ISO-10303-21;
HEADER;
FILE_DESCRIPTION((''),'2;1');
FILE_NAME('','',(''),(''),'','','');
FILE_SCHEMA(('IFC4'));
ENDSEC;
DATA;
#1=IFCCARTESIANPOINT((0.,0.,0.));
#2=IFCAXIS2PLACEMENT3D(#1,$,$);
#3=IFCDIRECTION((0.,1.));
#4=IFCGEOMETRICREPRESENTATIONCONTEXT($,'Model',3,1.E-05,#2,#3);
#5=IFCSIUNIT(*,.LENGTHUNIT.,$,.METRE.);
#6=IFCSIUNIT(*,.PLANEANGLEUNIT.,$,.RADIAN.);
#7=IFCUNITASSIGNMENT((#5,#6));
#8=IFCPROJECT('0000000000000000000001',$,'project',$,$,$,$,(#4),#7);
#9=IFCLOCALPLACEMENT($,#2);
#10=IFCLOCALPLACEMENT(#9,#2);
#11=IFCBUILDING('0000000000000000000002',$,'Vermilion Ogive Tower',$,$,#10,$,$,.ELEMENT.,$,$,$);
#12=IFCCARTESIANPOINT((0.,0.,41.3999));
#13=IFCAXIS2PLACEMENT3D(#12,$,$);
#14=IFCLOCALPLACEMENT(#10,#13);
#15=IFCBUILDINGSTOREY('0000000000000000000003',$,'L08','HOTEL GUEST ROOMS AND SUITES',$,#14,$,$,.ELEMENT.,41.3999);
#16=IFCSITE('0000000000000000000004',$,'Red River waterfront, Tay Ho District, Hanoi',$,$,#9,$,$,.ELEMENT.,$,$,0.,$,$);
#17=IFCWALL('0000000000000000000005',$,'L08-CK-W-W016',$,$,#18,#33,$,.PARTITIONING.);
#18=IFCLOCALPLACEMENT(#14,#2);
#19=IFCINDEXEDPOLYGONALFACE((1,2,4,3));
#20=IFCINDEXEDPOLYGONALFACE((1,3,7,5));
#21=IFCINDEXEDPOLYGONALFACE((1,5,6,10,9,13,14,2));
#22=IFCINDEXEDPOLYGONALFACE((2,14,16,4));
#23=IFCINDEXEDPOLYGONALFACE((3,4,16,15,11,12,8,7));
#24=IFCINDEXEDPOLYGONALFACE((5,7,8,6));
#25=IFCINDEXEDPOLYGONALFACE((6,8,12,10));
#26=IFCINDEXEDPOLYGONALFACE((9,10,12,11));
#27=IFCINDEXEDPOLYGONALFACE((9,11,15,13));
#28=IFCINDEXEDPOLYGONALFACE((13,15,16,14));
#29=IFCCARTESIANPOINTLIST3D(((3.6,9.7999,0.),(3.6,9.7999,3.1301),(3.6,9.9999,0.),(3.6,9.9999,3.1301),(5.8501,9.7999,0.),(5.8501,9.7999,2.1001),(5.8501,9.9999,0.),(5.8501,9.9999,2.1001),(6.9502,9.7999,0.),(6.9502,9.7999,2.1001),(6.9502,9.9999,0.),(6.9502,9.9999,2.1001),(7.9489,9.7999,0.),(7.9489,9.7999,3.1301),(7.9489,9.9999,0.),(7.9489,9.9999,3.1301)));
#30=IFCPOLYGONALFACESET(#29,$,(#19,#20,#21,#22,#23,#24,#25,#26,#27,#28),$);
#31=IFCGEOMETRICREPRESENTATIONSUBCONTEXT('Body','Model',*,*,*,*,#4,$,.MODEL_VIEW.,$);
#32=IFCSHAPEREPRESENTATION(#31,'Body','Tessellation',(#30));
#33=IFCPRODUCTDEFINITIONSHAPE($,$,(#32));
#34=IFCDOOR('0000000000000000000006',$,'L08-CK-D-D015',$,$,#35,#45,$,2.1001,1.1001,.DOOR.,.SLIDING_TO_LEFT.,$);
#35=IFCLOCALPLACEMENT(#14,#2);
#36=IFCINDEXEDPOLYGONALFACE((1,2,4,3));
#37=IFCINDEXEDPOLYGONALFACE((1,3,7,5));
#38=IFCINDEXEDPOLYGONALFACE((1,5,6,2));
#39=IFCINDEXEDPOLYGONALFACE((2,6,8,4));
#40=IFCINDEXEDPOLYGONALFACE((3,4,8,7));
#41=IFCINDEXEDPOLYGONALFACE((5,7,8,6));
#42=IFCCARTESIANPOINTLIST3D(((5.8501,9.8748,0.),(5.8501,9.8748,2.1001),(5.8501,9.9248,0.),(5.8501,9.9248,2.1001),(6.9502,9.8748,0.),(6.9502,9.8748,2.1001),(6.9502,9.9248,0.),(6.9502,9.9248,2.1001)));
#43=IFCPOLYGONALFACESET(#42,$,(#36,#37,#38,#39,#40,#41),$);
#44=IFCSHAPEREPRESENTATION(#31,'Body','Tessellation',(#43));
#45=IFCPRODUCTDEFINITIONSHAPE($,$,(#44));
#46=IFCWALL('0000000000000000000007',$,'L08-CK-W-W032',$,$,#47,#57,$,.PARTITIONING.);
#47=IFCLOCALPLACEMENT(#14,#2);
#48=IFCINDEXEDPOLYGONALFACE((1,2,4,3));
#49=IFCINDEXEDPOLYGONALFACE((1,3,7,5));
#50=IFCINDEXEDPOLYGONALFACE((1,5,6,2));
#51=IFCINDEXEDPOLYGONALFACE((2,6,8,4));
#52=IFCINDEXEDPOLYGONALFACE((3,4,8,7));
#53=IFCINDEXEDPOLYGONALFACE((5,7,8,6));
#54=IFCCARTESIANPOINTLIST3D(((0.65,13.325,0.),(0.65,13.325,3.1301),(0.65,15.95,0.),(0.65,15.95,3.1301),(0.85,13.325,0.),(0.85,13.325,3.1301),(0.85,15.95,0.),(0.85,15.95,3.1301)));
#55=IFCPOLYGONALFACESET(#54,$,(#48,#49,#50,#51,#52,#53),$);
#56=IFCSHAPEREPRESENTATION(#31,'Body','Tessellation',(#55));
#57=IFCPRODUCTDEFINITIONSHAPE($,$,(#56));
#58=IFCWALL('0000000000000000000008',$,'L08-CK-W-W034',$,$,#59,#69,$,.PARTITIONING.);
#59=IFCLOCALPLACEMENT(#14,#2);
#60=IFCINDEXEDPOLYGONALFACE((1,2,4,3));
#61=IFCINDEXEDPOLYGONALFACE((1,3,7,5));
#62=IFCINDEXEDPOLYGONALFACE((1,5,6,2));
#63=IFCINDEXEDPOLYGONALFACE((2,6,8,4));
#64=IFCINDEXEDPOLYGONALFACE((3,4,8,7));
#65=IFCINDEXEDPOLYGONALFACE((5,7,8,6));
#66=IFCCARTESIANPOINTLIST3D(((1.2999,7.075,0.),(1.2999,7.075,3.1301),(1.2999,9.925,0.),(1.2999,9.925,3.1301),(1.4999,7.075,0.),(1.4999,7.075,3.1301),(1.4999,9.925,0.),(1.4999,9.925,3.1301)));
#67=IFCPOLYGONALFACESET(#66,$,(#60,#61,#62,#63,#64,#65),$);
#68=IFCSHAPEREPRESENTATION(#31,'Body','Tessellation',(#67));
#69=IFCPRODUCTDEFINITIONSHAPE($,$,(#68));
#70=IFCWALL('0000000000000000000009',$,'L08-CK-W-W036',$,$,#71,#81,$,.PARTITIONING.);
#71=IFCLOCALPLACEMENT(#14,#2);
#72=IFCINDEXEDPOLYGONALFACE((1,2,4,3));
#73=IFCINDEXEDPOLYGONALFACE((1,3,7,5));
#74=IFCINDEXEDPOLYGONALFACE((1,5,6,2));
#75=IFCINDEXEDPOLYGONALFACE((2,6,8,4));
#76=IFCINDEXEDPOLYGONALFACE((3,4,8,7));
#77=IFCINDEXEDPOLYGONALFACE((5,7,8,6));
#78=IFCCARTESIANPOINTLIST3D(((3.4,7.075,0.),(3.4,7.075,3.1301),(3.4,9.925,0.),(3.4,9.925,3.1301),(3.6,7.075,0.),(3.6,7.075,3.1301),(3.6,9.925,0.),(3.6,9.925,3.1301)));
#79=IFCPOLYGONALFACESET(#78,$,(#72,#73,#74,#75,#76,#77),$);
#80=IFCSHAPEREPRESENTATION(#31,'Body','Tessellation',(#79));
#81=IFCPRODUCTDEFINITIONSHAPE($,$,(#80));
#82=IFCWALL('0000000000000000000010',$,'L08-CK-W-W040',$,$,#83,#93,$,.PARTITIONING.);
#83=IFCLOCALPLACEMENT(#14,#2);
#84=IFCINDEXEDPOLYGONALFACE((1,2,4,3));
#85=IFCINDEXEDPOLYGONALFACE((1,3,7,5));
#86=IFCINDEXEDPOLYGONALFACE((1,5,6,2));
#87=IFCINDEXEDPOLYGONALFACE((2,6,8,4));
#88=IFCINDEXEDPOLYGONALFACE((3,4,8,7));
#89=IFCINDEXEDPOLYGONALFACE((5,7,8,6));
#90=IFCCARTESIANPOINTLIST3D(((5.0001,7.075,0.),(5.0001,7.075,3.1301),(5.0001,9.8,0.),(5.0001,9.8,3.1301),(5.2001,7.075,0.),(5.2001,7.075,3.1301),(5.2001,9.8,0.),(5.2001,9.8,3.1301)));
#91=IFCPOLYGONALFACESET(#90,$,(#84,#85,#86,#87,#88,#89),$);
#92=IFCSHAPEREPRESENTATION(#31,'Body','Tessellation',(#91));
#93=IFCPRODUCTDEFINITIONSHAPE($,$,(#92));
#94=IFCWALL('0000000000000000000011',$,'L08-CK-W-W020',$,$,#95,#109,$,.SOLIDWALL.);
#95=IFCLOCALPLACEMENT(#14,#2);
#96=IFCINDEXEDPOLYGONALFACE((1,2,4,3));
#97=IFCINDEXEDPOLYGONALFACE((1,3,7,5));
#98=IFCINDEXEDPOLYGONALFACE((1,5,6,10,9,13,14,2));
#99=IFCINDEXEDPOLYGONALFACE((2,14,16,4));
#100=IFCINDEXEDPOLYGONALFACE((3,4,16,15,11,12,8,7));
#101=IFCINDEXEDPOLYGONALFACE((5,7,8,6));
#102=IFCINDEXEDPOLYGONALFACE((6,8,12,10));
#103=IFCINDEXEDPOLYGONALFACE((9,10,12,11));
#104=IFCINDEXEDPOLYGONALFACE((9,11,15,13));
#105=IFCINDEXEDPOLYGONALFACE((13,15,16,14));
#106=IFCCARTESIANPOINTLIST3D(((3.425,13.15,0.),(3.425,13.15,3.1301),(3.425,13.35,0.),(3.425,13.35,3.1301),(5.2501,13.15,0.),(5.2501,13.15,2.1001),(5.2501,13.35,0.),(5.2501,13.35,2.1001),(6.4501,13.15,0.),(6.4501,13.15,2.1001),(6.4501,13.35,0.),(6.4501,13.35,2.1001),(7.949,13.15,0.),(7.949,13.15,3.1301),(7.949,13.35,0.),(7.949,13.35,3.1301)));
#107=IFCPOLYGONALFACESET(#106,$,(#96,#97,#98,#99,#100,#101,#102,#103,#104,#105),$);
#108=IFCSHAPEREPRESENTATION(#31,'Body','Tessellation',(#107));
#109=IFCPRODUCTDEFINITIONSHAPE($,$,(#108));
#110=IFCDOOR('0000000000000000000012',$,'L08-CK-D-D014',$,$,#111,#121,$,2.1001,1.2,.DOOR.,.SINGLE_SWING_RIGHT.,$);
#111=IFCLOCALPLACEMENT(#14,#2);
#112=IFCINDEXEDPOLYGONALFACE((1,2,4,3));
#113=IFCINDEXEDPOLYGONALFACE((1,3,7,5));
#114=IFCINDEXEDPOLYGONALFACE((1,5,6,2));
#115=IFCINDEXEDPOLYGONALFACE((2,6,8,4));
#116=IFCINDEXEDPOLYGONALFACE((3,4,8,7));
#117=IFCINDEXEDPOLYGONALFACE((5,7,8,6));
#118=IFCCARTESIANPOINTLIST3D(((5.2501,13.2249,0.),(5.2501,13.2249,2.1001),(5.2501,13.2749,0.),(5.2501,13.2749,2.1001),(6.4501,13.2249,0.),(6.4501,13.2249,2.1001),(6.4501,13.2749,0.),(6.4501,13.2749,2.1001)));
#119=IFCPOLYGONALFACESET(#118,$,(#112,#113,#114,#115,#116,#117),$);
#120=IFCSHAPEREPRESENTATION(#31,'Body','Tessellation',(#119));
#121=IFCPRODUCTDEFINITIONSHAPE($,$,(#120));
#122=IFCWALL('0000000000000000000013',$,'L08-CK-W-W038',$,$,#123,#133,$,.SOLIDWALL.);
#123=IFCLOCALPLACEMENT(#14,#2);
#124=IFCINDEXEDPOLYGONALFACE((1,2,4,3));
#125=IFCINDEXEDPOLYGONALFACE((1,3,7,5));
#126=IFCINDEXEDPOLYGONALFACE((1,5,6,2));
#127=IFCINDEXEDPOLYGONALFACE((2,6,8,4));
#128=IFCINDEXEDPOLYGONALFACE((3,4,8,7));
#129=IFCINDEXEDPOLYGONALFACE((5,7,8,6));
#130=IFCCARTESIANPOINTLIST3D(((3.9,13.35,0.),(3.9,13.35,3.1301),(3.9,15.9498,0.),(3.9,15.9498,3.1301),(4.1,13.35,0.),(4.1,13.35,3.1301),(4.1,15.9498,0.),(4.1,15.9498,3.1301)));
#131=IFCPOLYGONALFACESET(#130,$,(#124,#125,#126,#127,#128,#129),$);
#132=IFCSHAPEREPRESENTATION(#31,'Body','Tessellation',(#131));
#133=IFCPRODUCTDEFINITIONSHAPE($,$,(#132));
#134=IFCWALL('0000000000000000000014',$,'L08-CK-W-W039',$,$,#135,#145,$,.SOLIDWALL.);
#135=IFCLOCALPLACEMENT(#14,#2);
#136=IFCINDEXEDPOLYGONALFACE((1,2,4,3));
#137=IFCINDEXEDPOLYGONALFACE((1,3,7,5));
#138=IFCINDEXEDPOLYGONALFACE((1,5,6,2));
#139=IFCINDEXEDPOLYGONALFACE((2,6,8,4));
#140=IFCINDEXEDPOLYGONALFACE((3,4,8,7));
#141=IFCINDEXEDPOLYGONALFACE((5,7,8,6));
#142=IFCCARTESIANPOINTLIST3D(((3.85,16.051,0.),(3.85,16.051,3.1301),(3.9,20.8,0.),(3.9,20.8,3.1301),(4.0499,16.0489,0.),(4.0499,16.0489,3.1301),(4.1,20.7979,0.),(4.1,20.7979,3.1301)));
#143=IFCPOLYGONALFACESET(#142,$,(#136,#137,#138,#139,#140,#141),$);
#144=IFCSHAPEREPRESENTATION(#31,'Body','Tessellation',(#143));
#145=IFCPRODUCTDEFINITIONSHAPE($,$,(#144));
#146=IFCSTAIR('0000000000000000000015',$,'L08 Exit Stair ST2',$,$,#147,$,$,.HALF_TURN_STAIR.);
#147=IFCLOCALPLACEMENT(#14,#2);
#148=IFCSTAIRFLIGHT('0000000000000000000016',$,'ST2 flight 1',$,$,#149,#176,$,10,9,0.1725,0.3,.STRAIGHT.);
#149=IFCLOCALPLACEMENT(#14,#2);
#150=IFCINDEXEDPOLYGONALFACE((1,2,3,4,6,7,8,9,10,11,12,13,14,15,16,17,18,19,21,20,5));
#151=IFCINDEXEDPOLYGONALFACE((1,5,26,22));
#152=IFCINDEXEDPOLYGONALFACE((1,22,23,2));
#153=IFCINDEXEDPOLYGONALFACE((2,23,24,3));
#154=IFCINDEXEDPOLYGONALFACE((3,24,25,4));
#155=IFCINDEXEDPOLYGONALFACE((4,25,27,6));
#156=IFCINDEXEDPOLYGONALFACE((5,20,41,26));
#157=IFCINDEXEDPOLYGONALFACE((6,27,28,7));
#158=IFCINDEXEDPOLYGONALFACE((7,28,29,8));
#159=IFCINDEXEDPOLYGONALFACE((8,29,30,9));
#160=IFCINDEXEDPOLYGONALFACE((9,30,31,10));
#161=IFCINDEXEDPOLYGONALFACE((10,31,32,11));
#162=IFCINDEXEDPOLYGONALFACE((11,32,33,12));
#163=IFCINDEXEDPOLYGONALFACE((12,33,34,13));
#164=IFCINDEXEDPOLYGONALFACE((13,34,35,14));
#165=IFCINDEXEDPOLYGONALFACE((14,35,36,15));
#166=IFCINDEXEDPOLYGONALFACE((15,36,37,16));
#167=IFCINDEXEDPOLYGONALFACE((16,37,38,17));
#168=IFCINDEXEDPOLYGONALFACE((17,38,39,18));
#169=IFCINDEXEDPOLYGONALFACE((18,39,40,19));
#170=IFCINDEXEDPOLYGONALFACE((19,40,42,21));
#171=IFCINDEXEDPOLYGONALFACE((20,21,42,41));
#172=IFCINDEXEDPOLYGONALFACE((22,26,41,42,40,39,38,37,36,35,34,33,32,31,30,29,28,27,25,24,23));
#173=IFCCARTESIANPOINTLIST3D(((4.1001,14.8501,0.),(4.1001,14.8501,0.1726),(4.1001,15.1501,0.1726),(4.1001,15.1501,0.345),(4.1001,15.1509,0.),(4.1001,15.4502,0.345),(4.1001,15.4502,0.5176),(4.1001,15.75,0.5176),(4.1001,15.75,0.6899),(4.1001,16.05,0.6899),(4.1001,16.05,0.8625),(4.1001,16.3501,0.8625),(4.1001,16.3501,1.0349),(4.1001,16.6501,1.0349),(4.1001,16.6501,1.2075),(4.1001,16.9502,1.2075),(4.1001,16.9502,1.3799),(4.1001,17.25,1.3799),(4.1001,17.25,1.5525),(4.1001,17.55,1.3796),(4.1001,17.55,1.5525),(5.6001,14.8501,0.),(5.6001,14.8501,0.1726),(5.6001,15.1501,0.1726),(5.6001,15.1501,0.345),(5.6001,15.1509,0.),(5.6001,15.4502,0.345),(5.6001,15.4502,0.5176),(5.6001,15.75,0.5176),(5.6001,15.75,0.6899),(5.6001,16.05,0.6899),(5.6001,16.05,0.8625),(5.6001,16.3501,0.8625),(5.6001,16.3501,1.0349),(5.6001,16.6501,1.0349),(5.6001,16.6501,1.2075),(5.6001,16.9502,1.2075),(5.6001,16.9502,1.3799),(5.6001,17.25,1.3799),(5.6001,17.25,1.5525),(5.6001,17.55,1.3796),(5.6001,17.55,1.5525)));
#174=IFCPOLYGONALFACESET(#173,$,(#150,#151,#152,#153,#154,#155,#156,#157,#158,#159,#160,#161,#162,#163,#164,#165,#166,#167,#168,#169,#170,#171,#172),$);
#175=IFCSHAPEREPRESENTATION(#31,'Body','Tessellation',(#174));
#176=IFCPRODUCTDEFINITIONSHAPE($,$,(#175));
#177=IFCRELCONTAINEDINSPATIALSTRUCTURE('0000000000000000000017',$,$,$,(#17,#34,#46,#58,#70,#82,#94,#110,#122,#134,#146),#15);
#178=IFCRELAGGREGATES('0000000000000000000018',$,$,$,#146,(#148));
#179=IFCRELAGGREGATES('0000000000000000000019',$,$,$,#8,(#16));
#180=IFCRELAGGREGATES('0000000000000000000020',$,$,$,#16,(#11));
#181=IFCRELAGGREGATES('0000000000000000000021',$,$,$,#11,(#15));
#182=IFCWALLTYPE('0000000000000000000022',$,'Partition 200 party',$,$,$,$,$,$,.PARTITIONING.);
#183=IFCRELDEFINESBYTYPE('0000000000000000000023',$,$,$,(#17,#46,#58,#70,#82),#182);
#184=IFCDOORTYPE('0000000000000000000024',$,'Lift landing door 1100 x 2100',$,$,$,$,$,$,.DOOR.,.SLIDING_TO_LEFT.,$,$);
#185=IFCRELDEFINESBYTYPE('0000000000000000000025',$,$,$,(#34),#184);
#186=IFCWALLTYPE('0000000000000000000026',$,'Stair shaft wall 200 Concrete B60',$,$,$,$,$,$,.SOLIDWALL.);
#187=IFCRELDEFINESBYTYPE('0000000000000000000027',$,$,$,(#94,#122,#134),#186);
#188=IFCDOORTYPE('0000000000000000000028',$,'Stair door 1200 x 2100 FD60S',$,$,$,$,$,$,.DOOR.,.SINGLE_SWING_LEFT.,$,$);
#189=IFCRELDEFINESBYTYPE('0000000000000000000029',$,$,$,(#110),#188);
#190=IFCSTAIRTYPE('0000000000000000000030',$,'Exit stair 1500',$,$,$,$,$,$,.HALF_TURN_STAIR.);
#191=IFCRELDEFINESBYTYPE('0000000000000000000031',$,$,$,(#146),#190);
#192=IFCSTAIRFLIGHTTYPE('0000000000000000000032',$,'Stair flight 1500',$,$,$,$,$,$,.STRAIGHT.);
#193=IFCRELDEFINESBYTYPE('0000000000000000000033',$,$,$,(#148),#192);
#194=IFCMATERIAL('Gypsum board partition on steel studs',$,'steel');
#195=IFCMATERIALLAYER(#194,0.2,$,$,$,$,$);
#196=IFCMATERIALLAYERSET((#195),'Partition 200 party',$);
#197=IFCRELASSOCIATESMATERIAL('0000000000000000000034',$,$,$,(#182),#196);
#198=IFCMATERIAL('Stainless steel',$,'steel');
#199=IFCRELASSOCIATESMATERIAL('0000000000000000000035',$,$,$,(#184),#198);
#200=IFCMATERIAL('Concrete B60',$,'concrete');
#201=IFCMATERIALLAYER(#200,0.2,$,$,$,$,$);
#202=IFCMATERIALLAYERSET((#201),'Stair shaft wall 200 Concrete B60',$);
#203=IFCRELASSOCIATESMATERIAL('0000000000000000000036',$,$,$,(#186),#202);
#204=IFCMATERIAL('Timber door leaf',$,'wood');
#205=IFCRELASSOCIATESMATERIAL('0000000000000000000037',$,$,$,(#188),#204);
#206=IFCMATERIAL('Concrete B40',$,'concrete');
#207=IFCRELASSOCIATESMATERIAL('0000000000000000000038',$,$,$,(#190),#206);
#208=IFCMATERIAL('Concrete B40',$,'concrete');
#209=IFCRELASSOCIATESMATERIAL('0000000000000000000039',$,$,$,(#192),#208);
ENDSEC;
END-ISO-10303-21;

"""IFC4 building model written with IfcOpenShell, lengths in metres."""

from ifc_helpers import new_model, si_unit, direction, frame, frame_2d, origin, place, context, subcontext, project, spatial, polyline, rectangle, outline, extrude, material, layer, layer_set, type_object, element, fill, aggregate, save


model = new_model("IFC4")

# Units and contexts
model_context = context("Model", 3, precision=1e-05, world=origin(), true_north=direction((0.0, 1.0)))
body_context = subcontext(model_context, "Body", "Model", "MODEL_VIEW")
ifc_project = project(units=[si_unit("LENGTHUNIT", "METRE"), si_unit("PLANEANGLEUNIT", "RADIAN")], contexts=[model_context])

# Site, building, storey
site_placement = place(None, origin())
site = spatial("IfcSite", under=ifc_project, at=site_placement, Name="Red River waterfront, Tay Ho District, Hanoi", CompositionType="ELEMENT", RefElevation=0.0)
building_placement = place(site_placement, origin())
building = spatial("IfcBuilding", under=site, at=building_placement, Name="Vermilion Ogive Tower", CompositionType="ELEMENT")
storey_placement = place(building_placement, frame((0.0, 0.0, 41.3999)))
storey = spatial("IfcBuildingStorey", under=building, at=storey_placement, Name="L08", Description="HOTEL GUEST ROOMS AND SUITES", CompositionType="ELEMENT", Elevation=41.3999)

# Shared definitions
ifc_material_1 = material(Name="Gypsum board partition on steel studs", Category="steel")
ifc_layer_1 = layer(ifc_material_1, 0.2)
ifc_layer_set_1 = layer_set([ifc_layer_1], Name="Partition 200 party")
wall_type_1 = type_object("IfcWallType", Name="Partition 200 party", PredefinedType="PARTITIONING", material=ifc_layer_set_1)

# Wall, opening, door
wall_1_placement = place(storey_placement, frame((3.6001, 9.8999, 0.0), z_axis=(0.0, 0.0, 1.0), x_axis=(1.0, 0.0, 0.0)))
wall_1 = element("IfcWall", 1, at=wall_1_placement, inside=storey, type_object=wall_type_1, Name="L08-CK-W-W016", PredefinedType="PARTITIONING", context=body_context, shape_type="SweptSolid", body=[
    extrude(rectangle(XDim=4.3489, YDim=0.2, at=frame_2d((2.1743, 0.0))), origin(), (0.0, 0.0, 1.0), 3.1301),
])
opening_1_placement = place(wall_1_placement, frame((2.25, 0.0, 0.0)))
opening_1 = element("IfcOpeningElement", 2, at=opening_1_placement, cuts=wall_1, PredefinedType="OPENING", context=body_context, shape_type="SweptSolid", body=[
    extrude(rectangle(XDim=1.1001, YDim=2.1001, at=frame_2d((0.55, 1.05))), frame((0.0, 0.1099, 0.0), z_axis=(0.0, -1.0, 0.0), x_axis=(1.0, 0.0, 0.0)), (0.0, 0.0, 1.0), 0.22),
])
ifc_material_2 = material(Name="Stainless steel", Category="steel")
door_type_1 = type_object("IfcDoorType", Name="Lift landing door 1100 x 2100", OperationType="SLIDING_TO_LEFT", PredefinedType="DOOR", material=ifc_material_2)
door_1_placement = place(opening_1_placement, origin())
door_1 = element("IfcDoor", 3, at=door_1_placement, inside=storey, type_object=door_type_1, Name="L08-CK-D-D015", OperationType="SLIDING_TO_LEFT", OverallHeight=2.1001, OverallWidth=1.1001, PredefinedType="DOOR", context=body_context, shape_type="SweptSolid", body=[
    extrude(rectangle(XDim=1.1001, YDim=2.1001, at=frame_2d((0.55, 1.05))), frame((0.0, 0.0249, 0.0), z_axis=(0.0, -1.0, 0.0), x_axis=(1.0, 0.0, 0.0)), (0.0, 0.0, 1.0), 0.05),
])
fill(opening_1, door_1)

# Walls
wall_2_placement = place(storey_placement, frame((0.75, 13.325, 0.0), z_axis=(0.0, 0.0, 1.0), x_axis=(0.0, 1.0, 0.0)))
element("IfcWall", 4, at=wall_2_placement, inside=storey, type_object=wall_type_1, Name="L08-CK-W-W032", PredefinedType="PARTITIONING", context=body_context, shape_type="SweptSolid", body=[
    extrude(rectangle(XDim=2.625, YDim=0.2, at=frame_2d((1.3125, 0.0))), origin(), (0.0, 0.0, 1.0), 3.1301),
])
for number, where, z_axis, x_axis, name in (
    (5, (1.3999, 7.075, 0.0), (0.0, 0.0, 1.0), (0.0, 1.0, 0.0), "L08-CK-W-W034"),
    (6, (3.5, 7.075, 0.0), (0.0, 0.0, 1.0), (0.0, 1.0, 0.0), "L08-CK-W-W036"),
):
    element("IfcWall", number, at=place(storey_placement, frame(where, z_axis=z_axis, x_axis=x_axis)), inside=storey, type_object=wall_type_1, Name=name, PredefinedType="PARTITIONING", context=body_context, shape_type="SweptSolid", body=[
        extrude(rectangle(XDim=2.8501, YDim=0.2, at=frame_2d((1.425, 0.0))), origin(), (0.0, 0.0, 1.0), 3.1301),
    ])
wall_3_placement = place(storey_placement, frame((5.1001, 7.075, 0.0), z_axis=(0.0, 0.0, 1.0), x_axis=(0.0, 1.0, 0.0)))
element("IfcWall", 7, at=wall_3_placement, inside=storey, type_object=wall_type_1, Name="L08-CK-W-W040", PredefinedType="PARTITIONING", context=body_context, shape_type="SweptSolid", body=[
    extrude(rectangle(XDim=2.7251, YDim=0.2, at=frame_2d((1.3625, 0.0))), origin(), (0.0, 0.0, 1.0), 3.1301),
])

# Wall, opening, door
ifc_material_3 = material(Name="Concrete B60", Category="concrete")
ifc_layer_2 = layer(ifc_material_3, 0.2)
ifc_layer_set_2 = layer_set([ifc_layer_2], Name="Stair shaft wall 200 Concrete B60")
wall_type_2 = type_object("IfcWallType", Name="Stair shaft wall 200 Concrete B60", PredefinedType="SOLIDWALL", material=ifc_layer_set_2)
wall_4_placement = place(storey_placement, frame((3.425, 13.25, 0.0), z_axis=(0.0, 0.0, 1.0), x_axis=(1.0, 0.0, 0.0)))
wall_4 = element("IfcWall", 8, at=wall_4_placement, inside=storey, type_object=wall_type_2, Name="L08-CK-W-W020", PredefinedType="SOLIDWALL", context=body_context, shape_type="SweptSolid", body=[
    extrude(rectangle(XDim=4.5239, YDim=0.2, at=frame_2d((2.262, 0.0))), origin(), (0.0, 0.0, 1.0), 3.1301),
])
opening_2_placement = place(wall_4_placement, frame((1.825, 0.0, 0.0)))
opening_2 = element("IfcOpeningElement", 9, at=opening_2_placement, cuts=wall_4, PredefinedType="OPENING", context=body_context, shape_type="SweptSolid", body=[
    extrude(rectangle(XDim=1.2, YDim=2.1001, at=frame_2d((0.6001, 1.05))), frame((0.0, 0.1099, 0.0), z_axis=(0.0, -1.0, 0.0), x_axis=(1.0, 0.0, 0.0)), (0.0, 0.0, 1.0), 0.22),
])
ifc_material_4 = material(Name="Timber door leaf", Category="wood")
door_type_2 = type_object("IfcDoorType", Name="Stair door 1200 x 2100 FD60S", OperationType="SINGLE_SWING_LEFT", PredefinedType="DOOR", material=ifc_material_4)
door_2_placement = place(opening_2_placement, origin())
door_2 = element("IfcDoor", 10, at=door_2_placement, inside=storey, type_object=door_type_2, Name="L08-CK-D-D014", OperationType="SINGLE_SWING_RIGHT", OverallHeight=2.1001, OverallWidth=1.2, PredefinedType="DOOR", context=body_context, shape_type="SweptSolid", body=[
    extrude(rectangle(XDim=1.2, YDim=2.1001, at=frame_2d((0.6001, 1.05))), frame((0.0, 0.0249, 0.0), z_axis=(0.0, -1.0, 0.0), x_axis=(1.0, 0.0, 0.0)), (0.0, 0.0, 1.0), 0.05),
])
fill(opening_2, door_2)

# Walls
wall_5_placement = place(storey_placement, frame((4.0, 13.3501, 0.0), z_axis=(0.0, 0.0, 1.0), x_axis=(0.0, 1.0, 0.0)))
element("IfcWall", 11, at=wall_5_placement, inside=storey, type_object=wall_type_2, Name="L08-CK-W-W038", PredefinedType="SOLIDWALL", context=body_context, shape_type="SweptSolid", body=[
    extrude(rectangle(XDim=2.5999, YDim=0.2, at=frame_2d((1.2998, 0.0))), origin(), (0.0, 0.0, 1.0), 3.1301),
])
wall_6_placement = place(storey_placement, frame((3.95, 16.05, 0.0), z_axis=(0.0, 0.0, 1.0), x_axis=(0.010538, 0.999944, 0.0)))
element("IfcWall", 12, at=wall_6_placement, inside=storey, type_object=wall_type_2, Name="L08-CK-W-W039", PredefinedType="SOLIDWALL", context=body_context, shape_type="SweptSolid", body=[
    extrude(rectangle(XDim=4.7493, YDim=0.2, at=frame_2d((2.3745, 0.0))), origin(), (0.0, 0.0, 1.0), 3.1301),
])

# Stair, stair flight
ifc_material_5 = material(Name="Concrete B40", Category="concrete")
stair_type = type_object("IfcStairType", Name="Exit stair 1500", PredefinedType="HALF_TURN_STAIR", material=ifc_material_5)
stair_placement = place(storey_placement, origin())
stair = element("IfcStair", 13, at=stair_placement, inside=storey, type_object=stair_type, Name="L08 Exit Stair ST2", PredefinedType="HALF_TURN_STAIR")
ifc_material_6 = material(Name="Concrete B40", Category="concrete")
stair_flight_type = type_object("IfcStairFlightType", Name="Stair flight 1500", PredefinedType="STRAIGHT", material=ifc_material_6)
stair_flight_1_placement = place(storey_placement, frame((4.8501, 14.8501, 0.0), z_axis=(0.0, 0.0, 1.0), x_axis=(0.0, 1.0, 0.0)))
stair_flight_1 = element("IfcStairFlight", 14, at=stair_flight_1_placement, type_object=stair_flight_type, Name="ST2 flight 1", NumberOfRisers=10, NumberOfTreads=9, PredefinedType="STRAIGHT", RiserHeight=0.1725, TreadLength=0.3, context=body_context, shape_type="SweptSolid", body=[
    extrude(outline(polyline([(0.0, 0.0), (0.0, 0.1726), (0.3, 0.1726), (0.3, 0.345), (0.6001, 0.345), (0.6001, 0.5176), (0.8999, 0.5176), (0.8999, 0.6899), (1.2, 0.6899), (1.2, 0.8625), (1.5, 0.8625), (1.5, 1.0349), (1.8, 1.0349), (1.8, 1.2075), (2.1001, 1.2075), (2.1001, 1.3799), (2.3999, 1.3799), (2.3999, 1.5525), (2.7, 1.5525), (2.7, 1.7251), (2.7, 1.3796), (0.3008, 0.0), (0.0, 0.0)])), frame((0.0, 0.75, 0.0), z_axis=(0.0, -1.0, 0.0), x_axis=(1.0, 0.0, 0.0)), (0.0, 0.0, 1.0), 1.5),
])
aggregate(stair, [stair_flight_1])

save(model, "model.ifc")
